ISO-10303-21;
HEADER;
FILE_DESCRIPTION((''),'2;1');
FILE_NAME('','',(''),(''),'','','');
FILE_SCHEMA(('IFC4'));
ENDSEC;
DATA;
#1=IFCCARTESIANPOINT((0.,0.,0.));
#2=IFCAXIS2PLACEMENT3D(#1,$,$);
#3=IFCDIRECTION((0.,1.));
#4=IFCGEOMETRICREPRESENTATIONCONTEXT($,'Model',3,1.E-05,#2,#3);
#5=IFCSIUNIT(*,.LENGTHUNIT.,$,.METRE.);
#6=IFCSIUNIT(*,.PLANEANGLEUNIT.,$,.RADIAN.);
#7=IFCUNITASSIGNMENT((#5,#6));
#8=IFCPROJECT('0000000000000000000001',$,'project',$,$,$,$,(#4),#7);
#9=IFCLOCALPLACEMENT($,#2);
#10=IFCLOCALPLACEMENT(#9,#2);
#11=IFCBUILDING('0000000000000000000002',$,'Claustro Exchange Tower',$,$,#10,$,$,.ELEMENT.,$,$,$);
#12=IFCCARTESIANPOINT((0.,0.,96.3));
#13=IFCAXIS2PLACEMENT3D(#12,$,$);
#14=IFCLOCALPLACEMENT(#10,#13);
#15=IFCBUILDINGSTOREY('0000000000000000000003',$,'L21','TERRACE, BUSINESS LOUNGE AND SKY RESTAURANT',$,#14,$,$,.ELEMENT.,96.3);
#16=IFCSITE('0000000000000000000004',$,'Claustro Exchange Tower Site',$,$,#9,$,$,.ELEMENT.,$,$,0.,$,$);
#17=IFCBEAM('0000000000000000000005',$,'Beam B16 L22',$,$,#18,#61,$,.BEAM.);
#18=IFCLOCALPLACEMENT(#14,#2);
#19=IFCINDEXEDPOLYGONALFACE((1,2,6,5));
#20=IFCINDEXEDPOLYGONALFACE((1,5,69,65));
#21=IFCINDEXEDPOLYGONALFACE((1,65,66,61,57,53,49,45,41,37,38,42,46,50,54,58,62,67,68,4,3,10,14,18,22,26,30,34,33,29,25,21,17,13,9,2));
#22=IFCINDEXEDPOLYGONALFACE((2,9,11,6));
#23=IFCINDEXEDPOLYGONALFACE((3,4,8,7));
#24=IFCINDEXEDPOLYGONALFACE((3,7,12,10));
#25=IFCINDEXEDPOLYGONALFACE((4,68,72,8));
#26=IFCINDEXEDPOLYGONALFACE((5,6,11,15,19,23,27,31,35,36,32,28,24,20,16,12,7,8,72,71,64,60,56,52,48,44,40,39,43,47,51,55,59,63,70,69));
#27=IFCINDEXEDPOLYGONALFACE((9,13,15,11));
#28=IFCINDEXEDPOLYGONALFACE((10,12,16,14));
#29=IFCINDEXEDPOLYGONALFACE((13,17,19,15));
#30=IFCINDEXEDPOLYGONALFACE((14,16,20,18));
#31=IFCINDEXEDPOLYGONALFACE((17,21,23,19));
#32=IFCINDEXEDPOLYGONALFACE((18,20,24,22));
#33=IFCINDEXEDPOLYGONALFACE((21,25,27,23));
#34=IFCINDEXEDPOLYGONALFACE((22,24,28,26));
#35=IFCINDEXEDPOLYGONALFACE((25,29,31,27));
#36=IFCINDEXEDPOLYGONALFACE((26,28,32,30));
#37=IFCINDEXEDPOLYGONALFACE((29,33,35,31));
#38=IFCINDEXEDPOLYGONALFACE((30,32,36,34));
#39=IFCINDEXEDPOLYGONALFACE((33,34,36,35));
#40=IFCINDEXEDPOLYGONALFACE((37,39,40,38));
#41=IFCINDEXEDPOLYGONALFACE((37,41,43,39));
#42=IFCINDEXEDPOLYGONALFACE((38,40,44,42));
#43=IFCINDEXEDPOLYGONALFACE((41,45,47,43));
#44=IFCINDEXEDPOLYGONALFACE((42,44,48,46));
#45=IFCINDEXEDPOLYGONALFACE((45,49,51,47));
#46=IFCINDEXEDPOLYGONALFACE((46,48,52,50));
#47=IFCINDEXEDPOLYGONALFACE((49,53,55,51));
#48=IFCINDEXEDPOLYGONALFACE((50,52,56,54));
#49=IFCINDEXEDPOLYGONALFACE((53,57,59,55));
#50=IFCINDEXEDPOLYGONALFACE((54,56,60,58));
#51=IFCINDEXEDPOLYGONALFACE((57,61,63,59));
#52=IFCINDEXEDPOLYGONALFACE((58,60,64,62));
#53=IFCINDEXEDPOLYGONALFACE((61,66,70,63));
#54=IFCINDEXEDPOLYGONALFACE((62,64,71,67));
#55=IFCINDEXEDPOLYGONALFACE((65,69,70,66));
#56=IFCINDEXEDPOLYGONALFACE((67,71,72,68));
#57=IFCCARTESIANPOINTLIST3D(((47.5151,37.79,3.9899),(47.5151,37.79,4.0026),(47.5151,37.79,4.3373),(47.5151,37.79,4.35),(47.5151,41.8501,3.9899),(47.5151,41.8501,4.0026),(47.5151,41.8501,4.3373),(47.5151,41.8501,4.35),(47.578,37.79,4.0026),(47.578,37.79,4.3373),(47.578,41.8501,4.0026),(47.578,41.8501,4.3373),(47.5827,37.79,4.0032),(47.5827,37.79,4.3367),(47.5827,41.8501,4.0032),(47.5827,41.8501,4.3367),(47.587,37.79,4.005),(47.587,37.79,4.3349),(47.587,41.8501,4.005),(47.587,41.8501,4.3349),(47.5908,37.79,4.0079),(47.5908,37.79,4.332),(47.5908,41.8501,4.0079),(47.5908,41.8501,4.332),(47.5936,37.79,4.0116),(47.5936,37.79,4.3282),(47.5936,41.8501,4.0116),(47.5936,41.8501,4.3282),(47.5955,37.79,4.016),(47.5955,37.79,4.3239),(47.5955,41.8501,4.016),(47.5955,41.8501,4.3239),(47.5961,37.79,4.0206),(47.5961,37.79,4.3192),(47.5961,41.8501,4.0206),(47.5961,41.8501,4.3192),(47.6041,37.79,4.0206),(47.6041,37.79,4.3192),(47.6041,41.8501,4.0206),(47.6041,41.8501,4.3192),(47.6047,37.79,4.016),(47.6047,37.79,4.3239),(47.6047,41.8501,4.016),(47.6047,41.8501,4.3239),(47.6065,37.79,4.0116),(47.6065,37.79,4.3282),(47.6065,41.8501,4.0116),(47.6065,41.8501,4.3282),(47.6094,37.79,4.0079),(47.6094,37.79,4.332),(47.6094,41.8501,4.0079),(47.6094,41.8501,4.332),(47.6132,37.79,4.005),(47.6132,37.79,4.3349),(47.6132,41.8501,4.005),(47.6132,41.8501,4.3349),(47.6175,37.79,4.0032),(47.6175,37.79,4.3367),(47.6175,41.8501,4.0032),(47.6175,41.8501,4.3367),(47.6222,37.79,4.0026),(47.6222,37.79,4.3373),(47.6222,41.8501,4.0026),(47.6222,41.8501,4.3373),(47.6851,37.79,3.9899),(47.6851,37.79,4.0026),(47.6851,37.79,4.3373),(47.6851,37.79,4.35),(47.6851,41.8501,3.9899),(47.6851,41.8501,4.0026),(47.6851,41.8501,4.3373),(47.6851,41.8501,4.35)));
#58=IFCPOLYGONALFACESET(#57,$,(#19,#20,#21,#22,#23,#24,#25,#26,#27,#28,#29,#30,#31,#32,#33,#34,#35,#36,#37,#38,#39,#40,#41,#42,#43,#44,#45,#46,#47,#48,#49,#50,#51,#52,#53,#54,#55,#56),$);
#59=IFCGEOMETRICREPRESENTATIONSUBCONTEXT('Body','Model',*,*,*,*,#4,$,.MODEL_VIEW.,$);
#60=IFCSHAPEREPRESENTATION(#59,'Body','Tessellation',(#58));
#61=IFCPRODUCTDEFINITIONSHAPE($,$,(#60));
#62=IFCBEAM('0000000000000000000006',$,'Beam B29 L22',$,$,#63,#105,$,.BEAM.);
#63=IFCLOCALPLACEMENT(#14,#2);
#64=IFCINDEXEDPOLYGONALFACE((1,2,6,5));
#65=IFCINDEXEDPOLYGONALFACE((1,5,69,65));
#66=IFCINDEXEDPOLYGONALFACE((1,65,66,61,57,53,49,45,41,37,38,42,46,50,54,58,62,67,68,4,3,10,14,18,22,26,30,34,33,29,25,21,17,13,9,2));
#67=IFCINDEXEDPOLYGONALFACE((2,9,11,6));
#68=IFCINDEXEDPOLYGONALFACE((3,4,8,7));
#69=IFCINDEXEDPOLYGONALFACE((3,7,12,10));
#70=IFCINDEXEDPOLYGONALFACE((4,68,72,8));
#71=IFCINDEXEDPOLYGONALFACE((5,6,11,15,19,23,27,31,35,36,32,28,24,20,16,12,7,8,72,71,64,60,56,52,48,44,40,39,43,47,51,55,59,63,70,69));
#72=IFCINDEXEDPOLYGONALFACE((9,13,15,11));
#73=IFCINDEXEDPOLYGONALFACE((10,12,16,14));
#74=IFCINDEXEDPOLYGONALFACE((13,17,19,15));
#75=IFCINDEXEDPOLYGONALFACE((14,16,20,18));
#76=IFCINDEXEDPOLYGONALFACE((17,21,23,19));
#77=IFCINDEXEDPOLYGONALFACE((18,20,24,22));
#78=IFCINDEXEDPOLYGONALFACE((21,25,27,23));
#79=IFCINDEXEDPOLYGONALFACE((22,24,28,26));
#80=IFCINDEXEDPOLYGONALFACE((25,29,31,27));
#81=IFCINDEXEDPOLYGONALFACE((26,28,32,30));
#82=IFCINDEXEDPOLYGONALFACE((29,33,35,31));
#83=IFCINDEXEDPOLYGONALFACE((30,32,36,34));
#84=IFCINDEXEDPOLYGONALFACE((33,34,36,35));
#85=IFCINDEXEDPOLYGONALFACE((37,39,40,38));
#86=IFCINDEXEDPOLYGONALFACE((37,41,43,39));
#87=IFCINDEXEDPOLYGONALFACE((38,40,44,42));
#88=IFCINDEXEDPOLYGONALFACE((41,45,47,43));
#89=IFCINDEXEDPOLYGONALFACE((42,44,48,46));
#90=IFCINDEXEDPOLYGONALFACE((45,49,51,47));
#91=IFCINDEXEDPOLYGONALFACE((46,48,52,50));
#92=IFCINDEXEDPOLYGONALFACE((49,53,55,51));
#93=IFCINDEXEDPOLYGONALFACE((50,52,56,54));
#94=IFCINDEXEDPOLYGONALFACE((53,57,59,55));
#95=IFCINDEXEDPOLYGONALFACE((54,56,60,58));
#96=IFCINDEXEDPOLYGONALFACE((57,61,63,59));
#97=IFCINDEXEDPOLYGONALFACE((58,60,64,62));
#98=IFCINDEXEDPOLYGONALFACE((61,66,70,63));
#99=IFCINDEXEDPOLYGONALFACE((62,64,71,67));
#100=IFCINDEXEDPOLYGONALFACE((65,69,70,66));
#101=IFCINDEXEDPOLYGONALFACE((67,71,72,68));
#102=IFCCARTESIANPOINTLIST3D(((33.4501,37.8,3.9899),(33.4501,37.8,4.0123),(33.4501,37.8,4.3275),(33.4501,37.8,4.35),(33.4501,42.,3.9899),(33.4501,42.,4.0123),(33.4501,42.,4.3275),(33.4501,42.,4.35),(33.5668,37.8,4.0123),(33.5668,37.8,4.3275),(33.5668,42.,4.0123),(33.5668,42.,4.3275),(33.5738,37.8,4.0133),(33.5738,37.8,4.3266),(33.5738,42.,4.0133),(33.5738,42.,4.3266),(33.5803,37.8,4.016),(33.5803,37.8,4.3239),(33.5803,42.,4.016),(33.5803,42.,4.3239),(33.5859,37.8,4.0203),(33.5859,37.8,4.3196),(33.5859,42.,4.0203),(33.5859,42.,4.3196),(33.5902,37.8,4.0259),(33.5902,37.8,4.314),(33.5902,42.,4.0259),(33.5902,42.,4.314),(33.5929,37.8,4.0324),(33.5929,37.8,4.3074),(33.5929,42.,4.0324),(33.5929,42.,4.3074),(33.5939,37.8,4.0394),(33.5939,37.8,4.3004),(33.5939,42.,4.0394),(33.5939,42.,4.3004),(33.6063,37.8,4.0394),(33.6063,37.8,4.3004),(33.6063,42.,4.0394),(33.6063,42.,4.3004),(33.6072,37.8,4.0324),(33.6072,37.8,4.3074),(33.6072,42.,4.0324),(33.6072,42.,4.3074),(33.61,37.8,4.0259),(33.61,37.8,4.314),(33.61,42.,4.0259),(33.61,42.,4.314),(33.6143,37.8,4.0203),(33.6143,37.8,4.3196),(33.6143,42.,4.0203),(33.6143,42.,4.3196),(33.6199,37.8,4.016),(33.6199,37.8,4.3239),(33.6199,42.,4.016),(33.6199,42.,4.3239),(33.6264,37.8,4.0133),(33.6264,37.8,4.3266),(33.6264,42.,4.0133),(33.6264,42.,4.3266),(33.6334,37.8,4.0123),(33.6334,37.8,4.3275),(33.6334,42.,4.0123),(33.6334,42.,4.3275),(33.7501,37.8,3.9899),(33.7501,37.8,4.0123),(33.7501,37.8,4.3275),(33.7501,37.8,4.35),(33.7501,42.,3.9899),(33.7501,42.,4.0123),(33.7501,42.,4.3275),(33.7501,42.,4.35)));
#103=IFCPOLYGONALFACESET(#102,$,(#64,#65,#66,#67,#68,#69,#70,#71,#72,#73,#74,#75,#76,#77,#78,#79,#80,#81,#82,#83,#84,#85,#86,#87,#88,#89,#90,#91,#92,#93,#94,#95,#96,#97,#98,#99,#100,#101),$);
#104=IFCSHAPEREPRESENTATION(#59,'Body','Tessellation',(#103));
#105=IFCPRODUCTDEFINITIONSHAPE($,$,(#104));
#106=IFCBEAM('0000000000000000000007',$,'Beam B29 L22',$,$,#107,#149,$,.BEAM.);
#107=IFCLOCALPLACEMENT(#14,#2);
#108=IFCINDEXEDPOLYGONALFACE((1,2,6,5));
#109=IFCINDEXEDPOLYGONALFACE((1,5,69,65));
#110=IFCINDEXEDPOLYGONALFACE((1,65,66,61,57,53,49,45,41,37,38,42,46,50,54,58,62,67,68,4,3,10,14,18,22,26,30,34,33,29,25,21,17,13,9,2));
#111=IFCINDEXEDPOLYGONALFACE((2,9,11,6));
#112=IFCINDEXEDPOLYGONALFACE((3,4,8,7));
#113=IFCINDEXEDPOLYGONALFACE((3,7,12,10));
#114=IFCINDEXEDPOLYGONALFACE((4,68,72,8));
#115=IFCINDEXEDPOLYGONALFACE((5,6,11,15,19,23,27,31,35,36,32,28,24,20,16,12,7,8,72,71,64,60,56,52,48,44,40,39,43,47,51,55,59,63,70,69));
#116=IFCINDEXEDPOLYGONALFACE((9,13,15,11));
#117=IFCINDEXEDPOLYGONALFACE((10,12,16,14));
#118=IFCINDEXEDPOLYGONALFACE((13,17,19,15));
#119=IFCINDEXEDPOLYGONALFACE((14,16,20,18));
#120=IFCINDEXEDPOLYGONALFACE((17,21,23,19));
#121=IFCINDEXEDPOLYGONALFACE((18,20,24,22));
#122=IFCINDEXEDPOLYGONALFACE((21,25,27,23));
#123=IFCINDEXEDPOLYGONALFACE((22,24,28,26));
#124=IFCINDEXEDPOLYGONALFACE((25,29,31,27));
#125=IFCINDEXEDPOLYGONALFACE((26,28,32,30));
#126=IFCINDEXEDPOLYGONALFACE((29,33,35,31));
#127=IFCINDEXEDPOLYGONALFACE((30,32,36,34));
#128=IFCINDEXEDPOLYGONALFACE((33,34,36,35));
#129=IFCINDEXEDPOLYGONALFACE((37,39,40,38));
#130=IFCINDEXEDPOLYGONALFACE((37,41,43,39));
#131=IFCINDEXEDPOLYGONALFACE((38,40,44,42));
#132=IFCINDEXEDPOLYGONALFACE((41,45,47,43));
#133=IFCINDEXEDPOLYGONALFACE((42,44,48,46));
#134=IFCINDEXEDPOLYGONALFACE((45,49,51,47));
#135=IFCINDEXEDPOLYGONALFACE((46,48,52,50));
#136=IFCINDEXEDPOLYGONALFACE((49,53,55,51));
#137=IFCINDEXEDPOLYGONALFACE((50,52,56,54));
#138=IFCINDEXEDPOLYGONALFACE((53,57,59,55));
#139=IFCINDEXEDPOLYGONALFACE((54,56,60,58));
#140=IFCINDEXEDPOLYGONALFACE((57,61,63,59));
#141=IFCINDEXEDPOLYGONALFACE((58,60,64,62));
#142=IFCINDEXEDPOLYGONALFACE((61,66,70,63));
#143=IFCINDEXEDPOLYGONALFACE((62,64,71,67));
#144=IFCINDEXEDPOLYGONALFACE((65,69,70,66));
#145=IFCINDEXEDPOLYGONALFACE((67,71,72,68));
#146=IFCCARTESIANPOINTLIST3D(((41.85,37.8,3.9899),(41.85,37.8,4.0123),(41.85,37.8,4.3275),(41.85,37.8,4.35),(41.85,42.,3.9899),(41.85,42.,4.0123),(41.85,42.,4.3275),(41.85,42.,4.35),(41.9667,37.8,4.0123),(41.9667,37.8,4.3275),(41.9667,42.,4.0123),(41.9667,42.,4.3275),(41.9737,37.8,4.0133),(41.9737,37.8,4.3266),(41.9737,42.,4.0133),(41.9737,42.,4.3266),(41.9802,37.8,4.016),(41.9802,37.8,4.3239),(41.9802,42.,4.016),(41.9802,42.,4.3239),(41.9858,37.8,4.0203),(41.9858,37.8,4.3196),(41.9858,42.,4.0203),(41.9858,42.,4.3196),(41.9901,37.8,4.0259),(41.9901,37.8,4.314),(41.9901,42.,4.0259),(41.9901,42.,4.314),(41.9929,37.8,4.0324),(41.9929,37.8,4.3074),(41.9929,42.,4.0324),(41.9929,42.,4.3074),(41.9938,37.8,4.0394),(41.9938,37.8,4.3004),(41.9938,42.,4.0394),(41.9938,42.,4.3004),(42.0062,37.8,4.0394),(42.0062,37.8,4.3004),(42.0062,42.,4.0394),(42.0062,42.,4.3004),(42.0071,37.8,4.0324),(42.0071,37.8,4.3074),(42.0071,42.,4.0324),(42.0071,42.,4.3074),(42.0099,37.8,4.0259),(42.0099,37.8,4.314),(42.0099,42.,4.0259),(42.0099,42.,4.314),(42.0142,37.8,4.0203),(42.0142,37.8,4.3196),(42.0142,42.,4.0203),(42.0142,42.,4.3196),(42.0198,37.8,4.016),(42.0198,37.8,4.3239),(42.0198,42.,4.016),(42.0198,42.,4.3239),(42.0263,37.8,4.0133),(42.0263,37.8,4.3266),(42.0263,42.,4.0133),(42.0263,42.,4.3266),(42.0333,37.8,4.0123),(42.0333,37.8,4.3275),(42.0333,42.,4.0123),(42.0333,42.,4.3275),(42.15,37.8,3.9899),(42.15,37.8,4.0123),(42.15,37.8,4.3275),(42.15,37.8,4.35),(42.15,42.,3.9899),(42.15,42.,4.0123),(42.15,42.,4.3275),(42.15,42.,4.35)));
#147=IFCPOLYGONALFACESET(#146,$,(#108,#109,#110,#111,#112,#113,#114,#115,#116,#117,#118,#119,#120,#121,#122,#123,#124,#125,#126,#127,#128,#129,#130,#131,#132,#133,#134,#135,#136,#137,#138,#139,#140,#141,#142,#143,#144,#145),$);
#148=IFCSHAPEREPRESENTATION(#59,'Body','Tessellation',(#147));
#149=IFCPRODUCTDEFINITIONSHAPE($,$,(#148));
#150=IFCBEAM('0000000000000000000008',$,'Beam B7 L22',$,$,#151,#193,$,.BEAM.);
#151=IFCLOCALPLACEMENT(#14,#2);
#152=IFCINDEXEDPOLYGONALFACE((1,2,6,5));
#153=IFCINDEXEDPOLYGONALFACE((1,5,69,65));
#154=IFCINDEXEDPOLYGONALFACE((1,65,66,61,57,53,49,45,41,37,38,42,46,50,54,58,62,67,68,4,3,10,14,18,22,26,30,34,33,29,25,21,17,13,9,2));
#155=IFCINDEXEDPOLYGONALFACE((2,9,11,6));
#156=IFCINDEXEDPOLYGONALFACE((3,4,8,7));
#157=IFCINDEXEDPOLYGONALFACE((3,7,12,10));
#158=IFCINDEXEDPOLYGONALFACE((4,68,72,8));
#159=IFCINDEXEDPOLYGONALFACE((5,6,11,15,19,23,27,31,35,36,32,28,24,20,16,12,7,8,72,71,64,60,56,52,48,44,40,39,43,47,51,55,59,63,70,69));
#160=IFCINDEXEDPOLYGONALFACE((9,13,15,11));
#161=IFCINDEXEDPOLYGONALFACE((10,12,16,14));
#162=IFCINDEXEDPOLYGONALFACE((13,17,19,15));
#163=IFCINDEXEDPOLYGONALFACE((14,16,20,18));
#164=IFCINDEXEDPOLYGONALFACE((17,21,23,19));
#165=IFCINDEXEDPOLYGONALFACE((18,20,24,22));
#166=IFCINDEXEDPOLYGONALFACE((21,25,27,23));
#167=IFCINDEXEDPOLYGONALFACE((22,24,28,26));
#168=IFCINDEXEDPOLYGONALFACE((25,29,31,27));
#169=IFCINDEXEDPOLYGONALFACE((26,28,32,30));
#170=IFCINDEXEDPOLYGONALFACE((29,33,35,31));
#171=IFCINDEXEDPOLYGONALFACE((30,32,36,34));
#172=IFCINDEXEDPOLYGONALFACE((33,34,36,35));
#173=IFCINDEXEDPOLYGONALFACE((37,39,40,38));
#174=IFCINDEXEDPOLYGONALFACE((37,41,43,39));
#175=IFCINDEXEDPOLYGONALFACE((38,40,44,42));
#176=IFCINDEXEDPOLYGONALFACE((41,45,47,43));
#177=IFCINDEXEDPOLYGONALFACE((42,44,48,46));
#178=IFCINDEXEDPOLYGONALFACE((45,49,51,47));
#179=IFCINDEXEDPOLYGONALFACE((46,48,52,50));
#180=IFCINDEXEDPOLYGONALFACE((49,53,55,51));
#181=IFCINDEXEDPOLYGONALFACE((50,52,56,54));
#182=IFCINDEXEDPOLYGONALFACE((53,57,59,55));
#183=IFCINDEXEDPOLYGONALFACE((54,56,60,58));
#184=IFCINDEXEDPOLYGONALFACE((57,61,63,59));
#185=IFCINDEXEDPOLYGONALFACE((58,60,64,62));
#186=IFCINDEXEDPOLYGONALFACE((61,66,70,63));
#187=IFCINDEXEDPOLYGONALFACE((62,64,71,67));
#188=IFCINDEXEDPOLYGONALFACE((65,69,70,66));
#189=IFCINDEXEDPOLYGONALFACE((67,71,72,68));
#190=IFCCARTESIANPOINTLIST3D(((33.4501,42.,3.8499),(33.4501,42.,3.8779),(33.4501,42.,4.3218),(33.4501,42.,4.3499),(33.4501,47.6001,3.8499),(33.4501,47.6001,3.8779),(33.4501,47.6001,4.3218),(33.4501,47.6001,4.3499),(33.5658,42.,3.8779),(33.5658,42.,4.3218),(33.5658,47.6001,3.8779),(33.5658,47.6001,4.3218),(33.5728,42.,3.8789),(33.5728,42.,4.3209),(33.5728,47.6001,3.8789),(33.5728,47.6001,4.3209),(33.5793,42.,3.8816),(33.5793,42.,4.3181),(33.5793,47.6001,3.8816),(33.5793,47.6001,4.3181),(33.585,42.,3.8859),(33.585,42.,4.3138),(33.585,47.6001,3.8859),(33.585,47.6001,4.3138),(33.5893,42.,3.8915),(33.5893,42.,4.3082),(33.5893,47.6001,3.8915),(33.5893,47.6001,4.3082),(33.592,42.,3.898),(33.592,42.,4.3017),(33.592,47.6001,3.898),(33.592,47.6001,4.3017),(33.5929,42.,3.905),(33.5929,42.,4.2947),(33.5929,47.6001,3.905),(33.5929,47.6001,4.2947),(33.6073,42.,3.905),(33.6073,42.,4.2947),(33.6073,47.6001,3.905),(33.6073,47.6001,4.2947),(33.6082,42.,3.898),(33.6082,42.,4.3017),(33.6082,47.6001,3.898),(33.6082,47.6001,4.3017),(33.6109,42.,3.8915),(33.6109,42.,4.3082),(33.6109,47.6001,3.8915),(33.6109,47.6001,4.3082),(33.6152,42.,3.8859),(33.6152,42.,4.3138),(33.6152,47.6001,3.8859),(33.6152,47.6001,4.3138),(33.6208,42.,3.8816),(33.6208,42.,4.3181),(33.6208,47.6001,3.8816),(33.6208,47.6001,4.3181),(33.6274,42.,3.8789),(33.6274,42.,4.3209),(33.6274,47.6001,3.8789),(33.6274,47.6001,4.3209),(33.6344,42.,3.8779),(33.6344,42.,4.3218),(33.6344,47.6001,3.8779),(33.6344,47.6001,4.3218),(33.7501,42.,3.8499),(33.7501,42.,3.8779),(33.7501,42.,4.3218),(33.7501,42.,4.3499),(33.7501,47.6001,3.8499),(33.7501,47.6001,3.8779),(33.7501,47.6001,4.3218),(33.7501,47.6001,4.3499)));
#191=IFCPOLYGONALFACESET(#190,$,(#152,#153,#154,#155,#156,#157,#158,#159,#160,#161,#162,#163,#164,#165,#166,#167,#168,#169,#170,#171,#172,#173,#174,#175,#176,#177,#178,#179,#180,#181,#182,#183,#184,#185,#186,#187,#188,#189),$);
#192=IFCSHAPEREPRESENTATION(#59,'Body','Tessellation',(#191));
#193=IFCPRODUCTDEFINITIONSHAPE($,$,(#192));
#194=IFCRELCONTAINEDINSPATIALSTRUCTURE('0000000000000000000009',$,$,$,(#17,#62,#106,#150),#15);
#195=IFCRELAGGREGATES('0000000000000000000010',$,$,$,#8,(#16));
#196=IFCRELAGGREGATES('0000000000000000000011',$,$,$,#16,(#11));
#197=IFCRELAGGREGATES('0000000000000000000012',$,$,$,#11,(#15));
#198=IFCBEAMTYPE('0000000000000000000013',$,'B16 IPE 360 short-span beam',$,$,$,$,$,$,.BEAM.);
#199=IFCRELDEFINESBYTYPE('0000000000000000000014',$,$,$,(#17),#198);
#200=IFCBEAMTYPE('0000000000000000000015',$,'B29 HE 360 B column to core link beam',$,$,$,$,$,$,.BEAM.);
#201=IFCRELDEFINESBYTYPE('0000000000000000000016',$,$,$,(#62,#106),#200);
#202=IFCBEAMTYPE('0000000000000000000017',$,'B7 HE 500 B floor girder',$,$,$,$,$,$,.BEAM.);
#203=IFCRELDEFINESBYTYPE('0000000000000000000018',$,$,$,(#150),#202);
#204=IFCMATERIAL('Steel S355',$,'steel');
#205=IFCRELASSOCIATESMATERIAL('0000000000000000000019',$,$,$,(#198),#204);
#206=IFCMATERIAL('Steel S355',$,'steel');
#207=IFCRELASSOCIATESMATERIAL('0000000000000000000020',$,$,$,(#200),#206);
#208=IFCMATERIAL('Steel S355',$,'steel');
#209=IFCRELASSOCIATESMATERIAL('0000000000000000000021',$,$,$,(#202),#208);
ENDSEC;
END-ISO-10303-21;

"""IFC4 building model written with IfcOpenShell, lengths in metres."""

from ifc_helpers import new_model, si_unit, direction, frame, origin, origin_2d, place, context, subcontext, project, spatial, i_section, extrude, material, material_profile, profile_set, type_object, element, save


model = new_model("IFC4")

# Units and contexts
model_context = context("Model", 3, precision=1e-05, world=origin(), true_north=direction((0.0, 1.0)))
body_context = subcontext(model_context, "Body", "Model", "MODEL_VIEW")
ifc_project = project(units=[si_unit("LENGTHUNIT", "METRE"), si_unit("PLANEANGLEUNIT", "RADIAN")], contexts=[model_context])

# Site, building, storey
site_placement = place(None, origin())
site = spatial("IfcSite", under=ifc_project, at=site_placement, Name="Claustro Exchange Tower Site", CompositionType="ELEMENT", RefElevation=0.0)
building_placement = place(site_placement, origin())
building = spatial("IfcBuilding", under=site, at=building_placement, Name="Claustro Exchange Tower", CompositionType="ELEMENT")
storey_placement = place(building_placement, frame((0.0, 0.0, 96.3)))
storey = spatial("IfcBuildingStorey", under=building, at=storey_placement, Name="L21", Description="TERRACE, BUSINESS LOUNGE AND SKY RESTAURANT", CompositionType="ELEMENT", Elevation=96.3)

# Beams
ifc_material_1 = material(Name="Steel S355", Category="steel")
ifc_material_profile_1 = material_profile(ifc_material_1, i_section(OverallWidth=0.1699, OverallDepth=0.3601, WebThickness=0.0081, FlangeThickness=0.0127, FilletRadius=0.0181, at=origin_2d()), Name="IPE 360")
ifc_profile_set_1 = profile_set([ifc_material_profile_1], Name="Steel S355")
beam_type_1 = type_object("IfcBeamType", Name="B16 IPE 360 short-span beam", PredefinedType="BEAM", material=ifc_profile_set_1)
for number, where, z_axis, x_axis, name in (
    (1, (47.6001, 37.79, 4.1699), (0.0, 1.0, 0.0), (-1.0, 0.0, 0.0), "Beam B16 L22"),
):
    element("IfcBeam", number, at=place(storey_placement, frame(where, z_axis=z_axis, x_axis=x_axis)), inside=storey, type_object=beam_type_1, Name=name, PredefinedType="BEAM", context=body_context, shape_type="SweptSolid", body=[
        extrude(i_section(OverallWidth=0.1699, OverallDepth=0.3601, WebThickness=0.0081, FlangeThickness=0.0127, FilletRadius=0.0181, at=origin_2d()), origin(), (0.0, 0.0, 1.0), 4.0601),
    ])
ifc_material_2 = material(Name="Steel S355", Category="steel")
ifc_material_profile_2 = material_profile(ifc_material_2, i_section(OverallWidth=0.3, OverallDepth=0.3601, WebThickness=0.0125, FlangeThickness=0.0225, FilletRadius=0.0271, at=origin_2d()), Name="HE 360 B")
ifc_profile_set_2 = profile_set([ifc_material_profile_2], Name="Steel S355")
beam_type_2 = type_object("IfcBeamType", Name="B29 HE 360 B column to core link beam", PredefinedType="BEAM", material=ifc_profile_set_2)
for number, where, z_axis, x_axis, name in (
    (2, (33.6001, 37.8, 4.1699), (0.0, 1.0, 0.0), (-1.0, 0.0, 0.0), "Beam B29 L22"),
    (3, (42.0, 37.8, 4.1699), (0.0, 1.0, 0.0), (-1.0, 0.0, 0.0), "Beam B29 L22"),
):
    element("IfcBeam", number, at=place(storey_placement, frame(where, z_axis=z_axis, x_axis=x_axis)), inside=storey, type_object=beam_type_2, Name=name, PredefinedType="BEAM", context=body_context, shape_type="SweptSolid", body=[
        extrude(i_section(OverallWidth=0.3, OverallDepth=0.3601, WebThickness=0.0125, FlangeThickness=0.0225, FilletRadius=0.0271, at=origin_2d()), origin(), (0.0, 0.0, 1.0), 4.2),
    ])
ifc_material_3 = material(Name="Steel S355", Category="steel")
ifc_material_profile_3 = material_profile(ifc_material_3, i_section(OverallWidth=0.3, OverallDepth=0.5, WebThickness=0.0144, FlangeThickness=0.0281, FilletRadius=0.0271, at=origin_2d()), Name="HE 500 B")
ifc_profile_set_3 = profile_set([ifc_material_profile_3], Name="Steel S355")
beam_type_3 = type_object("IfcBeamType", Name="B7 HE 500 B floor girder", PredefinedType="BEAM", material=ifc_profile_set_3)
for number, where, z_axis, x_axis, name in (
    (4, (33.6001, 42.0, 4.0999), (0.0, 1.0, 0.0), (-1.0, 0.0, 0.0), "Beam B7 L22"),
):
    element("IfcBeam", number, at=place(storey_placement, frame(where, z_axis=z_axis, x_axis=x_axis)), inside=storey, type_object=beam_type_3, Name=name, PredefinedType="BEAM", context=body_context, shape_type="SweptSolid", body=[
        extrude(i_section(OverallWidth=0.3, OverallDepth=0.5, WebThickness=0.0144, FlangeThickness=0.0281, FilletRadius=0.0271, at=origin_2d()), origin(), (0.0, 0.0, 1.0), 5.6001),
    ])

save(model, "model.ifc")
